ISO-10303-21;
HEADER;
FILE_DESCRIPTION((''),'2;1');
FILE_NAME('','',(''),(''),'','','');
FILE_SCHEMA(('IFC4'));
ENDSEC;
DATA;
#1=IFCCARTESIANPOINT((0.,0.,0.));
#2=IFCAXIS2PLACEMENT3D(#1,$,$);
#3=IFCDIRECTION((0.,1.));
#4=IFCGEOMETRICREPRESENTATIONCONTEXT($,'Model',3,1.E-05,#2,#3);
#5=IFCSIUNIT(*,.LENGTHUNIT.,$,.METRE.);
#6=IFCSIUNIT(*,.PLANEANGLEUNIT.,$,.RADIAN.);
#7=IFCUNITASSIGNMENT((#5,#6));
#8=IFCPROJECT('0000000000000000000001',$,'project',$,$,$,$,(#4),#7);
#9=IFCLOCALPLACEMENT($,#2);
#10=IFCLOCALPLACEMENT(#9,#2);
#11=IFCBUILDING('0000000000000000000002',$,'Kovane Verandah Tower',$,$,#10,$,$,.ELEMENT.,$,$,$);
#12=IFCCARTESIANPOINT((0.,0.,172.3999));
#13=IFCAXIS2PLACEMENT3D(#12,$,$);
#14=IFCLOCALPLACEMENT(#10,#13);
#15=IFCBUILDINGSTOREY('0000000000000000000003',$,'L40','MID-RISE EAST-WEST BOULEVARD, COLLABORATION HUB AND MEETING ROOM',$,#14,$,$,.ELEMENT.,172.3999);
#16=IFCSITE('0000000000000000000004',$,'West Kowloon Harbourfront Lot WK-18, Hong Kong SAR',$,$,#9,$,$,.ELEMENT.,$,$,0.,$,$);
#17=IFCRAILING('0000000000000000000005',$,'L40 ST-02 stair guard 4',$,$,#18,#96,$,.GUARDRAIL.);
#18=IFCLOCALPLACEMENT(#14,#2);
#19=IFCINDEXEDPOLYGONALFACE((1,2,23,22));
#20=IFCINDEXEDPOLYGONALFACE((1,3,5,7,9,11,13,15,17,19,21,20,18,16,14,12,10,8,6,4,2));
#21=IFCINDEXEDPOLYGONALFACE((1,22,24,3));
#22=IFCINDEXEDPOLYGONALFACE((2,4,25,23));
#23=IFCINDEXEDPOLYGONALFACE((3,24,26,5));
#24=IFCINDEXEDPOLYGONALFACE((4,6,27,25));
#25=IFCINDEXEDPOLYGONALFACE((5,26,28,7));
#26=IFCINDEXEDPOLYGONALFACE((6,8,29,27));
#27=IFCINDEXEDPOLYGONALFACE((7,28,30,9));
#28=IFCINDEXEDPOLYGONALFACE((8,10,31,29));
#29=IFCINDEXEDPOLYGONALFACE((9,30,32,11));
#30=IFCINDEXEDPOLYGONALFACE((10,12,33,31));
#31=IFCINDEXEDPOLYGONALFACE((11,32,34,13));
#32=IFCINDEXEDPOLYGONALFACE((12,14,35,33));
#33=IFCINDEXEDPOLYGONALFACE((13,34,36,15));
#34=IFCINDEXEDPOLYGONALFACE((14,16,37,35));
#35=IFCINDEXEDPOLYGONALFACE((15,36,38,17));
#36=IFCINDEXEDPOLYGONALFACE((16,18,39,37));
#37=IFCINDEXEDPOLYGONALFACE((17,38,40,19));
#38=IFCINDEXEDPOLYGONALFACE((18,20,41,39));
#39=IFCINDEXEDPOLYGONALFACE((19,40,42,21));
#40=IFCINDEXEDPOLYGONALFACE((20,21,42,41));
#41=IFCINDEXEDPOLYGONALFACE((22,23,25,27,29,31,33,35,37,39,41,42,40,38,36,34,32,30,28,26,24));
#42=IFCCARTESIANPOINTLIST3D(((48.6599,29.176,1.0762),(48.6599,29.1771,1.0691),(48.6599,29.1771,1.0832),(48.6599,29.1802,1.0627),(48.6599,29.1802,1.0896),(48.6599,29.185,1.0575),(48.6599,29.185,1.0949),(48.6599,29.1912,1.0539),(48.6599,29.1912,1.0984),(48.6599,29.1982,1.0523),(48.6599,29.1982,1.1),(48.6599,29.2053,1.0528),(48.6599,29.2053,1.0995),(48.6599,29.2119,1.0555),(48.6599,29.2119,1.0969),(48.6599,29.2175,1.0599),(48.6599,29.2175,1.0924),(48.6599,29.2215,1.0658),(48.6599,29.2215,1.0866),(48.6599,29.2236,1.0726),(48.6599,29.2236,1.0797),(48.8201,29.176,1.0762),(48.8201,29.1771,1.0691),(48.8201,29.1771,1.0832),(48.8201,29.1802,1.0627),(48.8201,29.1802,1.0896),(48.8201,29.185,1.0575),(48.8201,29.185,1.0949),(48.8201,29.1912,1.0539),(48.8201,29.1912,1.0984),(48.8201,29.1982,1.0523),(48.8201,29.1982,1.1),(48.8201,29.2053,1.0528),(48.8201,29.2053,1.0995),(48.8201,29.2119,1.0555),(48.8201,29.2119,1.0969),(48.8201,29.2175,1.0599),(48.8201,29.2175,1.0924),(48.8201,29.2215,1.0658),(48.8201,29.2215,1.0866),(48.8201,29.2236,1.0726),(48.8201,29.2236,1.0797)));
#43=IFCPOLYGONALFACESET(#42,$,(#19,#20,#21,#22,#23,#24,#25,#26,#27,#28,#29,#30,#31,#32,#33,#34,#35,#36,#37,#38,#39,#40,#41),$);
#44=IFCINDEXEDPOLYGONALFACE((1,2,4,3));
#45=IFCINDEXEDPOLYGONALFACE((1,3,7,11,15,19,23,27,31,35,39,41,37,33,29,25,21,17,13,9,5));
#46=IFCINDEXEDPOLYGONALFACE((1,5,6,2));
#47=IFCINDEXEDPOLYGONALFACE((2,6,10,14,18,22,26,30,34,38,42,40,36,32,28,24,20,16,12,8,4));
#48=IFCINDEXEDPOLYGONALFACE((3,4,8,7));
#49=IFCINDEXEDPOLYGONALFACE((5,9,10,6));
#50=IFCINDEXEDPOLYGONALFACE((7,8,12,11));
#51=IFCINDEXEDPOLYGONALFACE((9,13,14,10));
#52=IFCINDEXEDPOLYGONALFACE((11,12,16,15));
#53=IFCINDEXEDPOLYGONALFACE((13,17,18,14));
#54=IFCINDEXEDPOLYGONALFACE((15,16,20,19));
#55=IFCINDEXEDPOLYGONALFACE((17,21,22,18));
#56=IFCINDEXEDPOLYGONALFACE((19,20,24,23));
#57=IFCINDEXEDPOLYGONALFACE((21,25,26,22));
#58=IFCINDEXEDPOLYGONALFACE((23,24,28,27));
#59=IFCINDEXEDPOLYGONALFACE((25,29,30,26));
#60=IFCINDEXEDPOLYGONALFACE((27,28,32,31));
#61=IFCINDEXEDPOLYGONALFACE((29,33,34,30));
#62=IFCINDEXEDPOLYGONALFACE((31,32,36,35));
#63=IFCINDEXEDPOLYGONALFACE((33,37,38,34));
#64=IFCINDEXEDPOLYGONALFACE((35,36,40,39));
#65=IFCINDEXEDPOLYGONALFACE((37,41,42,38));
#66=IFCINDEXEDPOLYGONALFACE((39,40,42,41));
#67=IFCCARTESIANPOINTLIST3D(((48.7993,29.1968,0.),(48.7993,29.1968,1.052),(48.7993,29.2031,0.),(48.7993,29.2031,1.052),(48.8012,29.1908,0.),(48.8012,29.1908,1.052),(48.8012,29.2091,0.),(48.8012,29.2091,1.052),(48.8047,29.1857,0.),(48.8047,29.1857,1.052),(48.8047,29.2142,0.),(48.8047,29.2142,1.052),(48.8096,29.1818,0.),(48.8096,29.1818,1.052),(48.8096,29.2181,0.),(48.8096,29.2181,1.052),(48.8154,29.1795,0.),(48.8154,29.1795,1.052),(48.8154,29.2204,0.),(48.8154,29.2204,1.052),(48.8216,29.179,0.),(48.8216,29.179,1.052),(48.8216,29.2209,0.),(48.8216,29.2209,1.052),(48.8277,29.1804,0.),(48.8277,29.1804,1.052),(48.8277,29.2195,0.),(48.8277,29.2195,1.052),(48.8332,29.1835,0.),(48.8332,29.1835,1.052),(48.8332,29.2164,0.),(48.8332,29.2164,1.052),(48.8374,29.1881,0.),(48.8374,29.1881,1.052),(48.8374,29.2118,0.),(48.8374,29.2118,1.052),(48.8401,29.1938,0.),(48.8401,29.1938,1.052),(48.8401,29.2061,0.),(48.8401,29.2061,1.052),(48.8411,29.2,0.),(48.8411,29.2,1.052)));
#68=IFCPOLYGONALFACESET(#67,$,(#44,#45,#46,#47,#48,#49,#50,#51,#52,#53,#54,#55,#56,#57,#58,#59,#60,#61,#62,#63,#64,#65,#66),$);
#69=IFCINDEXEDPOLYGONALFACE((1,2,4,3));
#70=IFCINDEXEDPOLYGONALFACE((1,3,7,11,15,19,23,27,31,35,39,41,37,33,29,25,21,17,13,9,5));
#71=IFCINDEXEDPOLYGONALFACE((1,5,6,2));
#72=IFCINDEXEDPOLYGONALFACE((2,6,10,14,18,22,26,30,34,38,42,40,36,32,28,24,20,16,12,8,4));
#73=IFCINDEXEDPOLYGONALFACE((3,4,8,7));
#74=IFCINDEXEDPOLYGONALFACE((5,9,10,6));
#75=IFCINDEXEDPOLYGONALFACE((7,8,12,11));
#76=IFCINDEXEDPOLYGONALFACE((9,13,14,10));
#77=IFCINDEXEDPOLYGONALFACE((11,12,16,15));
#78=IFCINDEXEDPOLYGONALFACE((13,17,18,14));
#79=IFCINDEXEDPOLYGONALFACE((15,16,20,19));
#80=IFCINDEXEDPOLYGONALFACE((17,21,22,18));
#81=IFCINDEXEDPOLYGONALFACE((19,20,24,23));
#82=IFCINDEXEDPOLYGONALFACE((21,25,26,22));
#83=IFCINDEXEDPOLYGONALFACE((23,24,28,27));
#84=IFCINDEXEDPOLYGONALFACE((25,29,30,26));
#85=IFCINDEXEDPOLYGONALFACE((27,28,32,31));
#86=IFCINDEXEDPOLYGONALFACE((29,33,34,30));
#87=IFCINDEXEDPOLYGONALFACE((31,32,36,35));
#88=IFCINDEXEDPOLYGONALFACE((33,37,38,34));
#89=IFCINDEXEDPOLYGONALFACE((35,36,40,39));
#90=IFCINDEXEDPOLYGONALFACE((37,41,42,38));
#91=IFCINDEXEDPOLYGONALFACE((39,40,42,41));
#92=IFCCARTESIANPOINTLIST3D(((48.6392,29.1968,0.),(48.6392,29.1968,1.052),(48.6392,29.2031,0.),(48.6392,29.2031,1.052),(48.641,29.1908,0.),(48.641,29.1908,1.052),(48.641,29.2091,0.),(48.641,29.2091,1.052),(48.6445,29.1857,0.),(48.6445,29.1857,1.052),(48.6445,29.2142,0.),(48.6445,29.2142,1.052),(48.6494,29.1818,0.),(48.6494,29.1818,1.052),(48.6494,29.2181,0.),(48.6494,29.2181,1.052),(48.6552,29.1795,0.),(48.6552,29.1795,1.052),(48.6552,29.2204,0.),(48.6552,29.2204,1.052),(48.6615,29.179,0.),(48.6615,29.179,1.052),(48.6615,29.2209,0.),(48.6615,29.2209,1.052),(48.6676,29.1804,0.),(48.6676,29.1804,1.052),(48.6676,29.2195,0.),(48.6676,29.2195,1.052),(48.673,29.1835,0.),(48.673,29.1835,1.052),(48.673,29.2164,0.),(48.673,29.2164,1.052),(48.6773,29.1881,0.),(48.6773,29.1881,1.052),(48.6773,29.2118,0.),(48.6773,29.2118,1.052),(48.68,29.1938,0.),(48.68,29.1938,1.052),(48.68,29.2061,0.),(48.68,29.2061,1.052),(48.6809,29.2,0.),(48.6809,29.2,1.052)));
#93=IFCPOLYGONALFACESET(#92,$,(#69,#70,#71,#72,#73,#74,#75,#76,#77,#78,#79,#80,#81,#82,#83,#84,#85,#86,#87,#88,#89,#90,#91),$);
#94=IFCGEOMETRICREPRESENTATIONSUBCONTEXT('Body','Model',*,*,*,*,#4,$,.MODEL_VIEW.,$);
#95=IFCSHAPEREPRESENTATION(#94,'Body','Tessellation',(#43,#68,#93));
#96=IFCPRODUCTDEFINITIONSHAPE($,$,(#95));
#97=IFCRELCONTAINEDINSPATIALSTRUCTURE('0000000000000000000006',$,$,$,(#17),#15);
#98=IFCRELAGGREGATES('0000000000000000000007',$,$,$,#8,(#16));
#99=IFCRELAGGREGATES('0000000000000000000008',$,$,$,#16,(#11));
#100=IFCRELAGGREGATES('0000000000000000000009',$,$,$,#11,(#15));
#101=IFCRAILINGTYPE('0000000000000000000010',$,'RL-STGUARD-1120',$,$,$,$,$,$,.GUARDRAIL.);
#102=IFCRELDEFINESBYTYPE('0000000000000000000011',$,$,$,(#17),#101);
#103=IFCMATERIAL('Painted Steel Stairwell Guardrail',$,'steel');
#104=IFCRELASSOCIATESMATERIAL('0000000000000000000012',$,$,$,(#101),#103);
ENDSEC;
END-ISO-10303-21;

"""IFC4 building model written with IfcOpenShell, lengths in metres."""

from ifc_helpers import new_model, si_unit, direction, frame, origin, origin_2d, place, context, subcontext, project, spatial, circle, extrude, material, type_object, element, save


model = new_model("IFC4")

# Units and contexts
model_context = context("Model", 3, precision=1e-05, world=origin(), true_north=direction((0.0, 1.0)))
body_context = subcontext(model_context, "Body", "Model", "MODEL_VIEW")
ifc_project = project(units=[si_unit("LENGTHUNIT", "METRE"), si_unit("PLANEANGLEUNIT", "RADIAN")], contexts=[model_context])

# Site, building, storey
site_placement = place(None, origin())
site = spatial("IfcSite", under=ifc_project, at=site_placement, Name="West Kowloon Harbourfront Lot WK-18, Hong Kong SAR", CompositionType="ELEMENT", RefElevation=0.0)
building_placement = place(site_placement, origin())
building = spatial("IfcBuilding", under=site, at=building_placement, Name="Kovane Verandah Tower", CompositionType="ELEMENT")
storey_placement = place(building_placement, frame((0.0, 0.0, 172.3999)))
storey = spatial("IfcBuildingStorey", under=building, at=storey_placement, Name="L40", Description="MID-RISE EAST-WEST BOULEVARD, COLLABORATION HUB AND MEETING ROOM", CompositionType="ELEMENT", Elevation=172.3999)

# Railing
ifc_material_1 = material(Name="Painted Steel Stairwell Guardrail", Category="steel")
railing_type = type_object("IfcRailingType", Name="RL-STGUARD-1120", PredefinedType="GUARDRAIL", material=ifc_material_1)
railing_1_placement = place(storey_placement, frame((48.8201, 29.2, 0.0)))
element("IfcRailing", 1, at=railing_1_placement, inside=storey, type_object=railing_type, Name="L40 ST-02 stair guard 4", PredefinedType="GUARDRAIL", context=body_context, shape_type="SweptSolid", body=[
    extrude(circle(Radius=0.0239, at=origin_2d()), frame((0.0, 0.0, 1.0762), z_axis=(-1.0, 0.0, 0.0), x_axis=(0.0, -1.0, 0.0)), (0.0, 0.0, 1.0), 0.1602),
    extrude(circle(Radius=0.021, at=origin_2d()), origin(), (0.0, 0.0, 1.0), 1.052),
    extrude(circle(Radius=0.021, at=origin_2d()), frame((-0.1602, 0.0, 0.0)), (0.0, 0.0, 1.0), 1.052),
])

save(model, "model.ifc")
